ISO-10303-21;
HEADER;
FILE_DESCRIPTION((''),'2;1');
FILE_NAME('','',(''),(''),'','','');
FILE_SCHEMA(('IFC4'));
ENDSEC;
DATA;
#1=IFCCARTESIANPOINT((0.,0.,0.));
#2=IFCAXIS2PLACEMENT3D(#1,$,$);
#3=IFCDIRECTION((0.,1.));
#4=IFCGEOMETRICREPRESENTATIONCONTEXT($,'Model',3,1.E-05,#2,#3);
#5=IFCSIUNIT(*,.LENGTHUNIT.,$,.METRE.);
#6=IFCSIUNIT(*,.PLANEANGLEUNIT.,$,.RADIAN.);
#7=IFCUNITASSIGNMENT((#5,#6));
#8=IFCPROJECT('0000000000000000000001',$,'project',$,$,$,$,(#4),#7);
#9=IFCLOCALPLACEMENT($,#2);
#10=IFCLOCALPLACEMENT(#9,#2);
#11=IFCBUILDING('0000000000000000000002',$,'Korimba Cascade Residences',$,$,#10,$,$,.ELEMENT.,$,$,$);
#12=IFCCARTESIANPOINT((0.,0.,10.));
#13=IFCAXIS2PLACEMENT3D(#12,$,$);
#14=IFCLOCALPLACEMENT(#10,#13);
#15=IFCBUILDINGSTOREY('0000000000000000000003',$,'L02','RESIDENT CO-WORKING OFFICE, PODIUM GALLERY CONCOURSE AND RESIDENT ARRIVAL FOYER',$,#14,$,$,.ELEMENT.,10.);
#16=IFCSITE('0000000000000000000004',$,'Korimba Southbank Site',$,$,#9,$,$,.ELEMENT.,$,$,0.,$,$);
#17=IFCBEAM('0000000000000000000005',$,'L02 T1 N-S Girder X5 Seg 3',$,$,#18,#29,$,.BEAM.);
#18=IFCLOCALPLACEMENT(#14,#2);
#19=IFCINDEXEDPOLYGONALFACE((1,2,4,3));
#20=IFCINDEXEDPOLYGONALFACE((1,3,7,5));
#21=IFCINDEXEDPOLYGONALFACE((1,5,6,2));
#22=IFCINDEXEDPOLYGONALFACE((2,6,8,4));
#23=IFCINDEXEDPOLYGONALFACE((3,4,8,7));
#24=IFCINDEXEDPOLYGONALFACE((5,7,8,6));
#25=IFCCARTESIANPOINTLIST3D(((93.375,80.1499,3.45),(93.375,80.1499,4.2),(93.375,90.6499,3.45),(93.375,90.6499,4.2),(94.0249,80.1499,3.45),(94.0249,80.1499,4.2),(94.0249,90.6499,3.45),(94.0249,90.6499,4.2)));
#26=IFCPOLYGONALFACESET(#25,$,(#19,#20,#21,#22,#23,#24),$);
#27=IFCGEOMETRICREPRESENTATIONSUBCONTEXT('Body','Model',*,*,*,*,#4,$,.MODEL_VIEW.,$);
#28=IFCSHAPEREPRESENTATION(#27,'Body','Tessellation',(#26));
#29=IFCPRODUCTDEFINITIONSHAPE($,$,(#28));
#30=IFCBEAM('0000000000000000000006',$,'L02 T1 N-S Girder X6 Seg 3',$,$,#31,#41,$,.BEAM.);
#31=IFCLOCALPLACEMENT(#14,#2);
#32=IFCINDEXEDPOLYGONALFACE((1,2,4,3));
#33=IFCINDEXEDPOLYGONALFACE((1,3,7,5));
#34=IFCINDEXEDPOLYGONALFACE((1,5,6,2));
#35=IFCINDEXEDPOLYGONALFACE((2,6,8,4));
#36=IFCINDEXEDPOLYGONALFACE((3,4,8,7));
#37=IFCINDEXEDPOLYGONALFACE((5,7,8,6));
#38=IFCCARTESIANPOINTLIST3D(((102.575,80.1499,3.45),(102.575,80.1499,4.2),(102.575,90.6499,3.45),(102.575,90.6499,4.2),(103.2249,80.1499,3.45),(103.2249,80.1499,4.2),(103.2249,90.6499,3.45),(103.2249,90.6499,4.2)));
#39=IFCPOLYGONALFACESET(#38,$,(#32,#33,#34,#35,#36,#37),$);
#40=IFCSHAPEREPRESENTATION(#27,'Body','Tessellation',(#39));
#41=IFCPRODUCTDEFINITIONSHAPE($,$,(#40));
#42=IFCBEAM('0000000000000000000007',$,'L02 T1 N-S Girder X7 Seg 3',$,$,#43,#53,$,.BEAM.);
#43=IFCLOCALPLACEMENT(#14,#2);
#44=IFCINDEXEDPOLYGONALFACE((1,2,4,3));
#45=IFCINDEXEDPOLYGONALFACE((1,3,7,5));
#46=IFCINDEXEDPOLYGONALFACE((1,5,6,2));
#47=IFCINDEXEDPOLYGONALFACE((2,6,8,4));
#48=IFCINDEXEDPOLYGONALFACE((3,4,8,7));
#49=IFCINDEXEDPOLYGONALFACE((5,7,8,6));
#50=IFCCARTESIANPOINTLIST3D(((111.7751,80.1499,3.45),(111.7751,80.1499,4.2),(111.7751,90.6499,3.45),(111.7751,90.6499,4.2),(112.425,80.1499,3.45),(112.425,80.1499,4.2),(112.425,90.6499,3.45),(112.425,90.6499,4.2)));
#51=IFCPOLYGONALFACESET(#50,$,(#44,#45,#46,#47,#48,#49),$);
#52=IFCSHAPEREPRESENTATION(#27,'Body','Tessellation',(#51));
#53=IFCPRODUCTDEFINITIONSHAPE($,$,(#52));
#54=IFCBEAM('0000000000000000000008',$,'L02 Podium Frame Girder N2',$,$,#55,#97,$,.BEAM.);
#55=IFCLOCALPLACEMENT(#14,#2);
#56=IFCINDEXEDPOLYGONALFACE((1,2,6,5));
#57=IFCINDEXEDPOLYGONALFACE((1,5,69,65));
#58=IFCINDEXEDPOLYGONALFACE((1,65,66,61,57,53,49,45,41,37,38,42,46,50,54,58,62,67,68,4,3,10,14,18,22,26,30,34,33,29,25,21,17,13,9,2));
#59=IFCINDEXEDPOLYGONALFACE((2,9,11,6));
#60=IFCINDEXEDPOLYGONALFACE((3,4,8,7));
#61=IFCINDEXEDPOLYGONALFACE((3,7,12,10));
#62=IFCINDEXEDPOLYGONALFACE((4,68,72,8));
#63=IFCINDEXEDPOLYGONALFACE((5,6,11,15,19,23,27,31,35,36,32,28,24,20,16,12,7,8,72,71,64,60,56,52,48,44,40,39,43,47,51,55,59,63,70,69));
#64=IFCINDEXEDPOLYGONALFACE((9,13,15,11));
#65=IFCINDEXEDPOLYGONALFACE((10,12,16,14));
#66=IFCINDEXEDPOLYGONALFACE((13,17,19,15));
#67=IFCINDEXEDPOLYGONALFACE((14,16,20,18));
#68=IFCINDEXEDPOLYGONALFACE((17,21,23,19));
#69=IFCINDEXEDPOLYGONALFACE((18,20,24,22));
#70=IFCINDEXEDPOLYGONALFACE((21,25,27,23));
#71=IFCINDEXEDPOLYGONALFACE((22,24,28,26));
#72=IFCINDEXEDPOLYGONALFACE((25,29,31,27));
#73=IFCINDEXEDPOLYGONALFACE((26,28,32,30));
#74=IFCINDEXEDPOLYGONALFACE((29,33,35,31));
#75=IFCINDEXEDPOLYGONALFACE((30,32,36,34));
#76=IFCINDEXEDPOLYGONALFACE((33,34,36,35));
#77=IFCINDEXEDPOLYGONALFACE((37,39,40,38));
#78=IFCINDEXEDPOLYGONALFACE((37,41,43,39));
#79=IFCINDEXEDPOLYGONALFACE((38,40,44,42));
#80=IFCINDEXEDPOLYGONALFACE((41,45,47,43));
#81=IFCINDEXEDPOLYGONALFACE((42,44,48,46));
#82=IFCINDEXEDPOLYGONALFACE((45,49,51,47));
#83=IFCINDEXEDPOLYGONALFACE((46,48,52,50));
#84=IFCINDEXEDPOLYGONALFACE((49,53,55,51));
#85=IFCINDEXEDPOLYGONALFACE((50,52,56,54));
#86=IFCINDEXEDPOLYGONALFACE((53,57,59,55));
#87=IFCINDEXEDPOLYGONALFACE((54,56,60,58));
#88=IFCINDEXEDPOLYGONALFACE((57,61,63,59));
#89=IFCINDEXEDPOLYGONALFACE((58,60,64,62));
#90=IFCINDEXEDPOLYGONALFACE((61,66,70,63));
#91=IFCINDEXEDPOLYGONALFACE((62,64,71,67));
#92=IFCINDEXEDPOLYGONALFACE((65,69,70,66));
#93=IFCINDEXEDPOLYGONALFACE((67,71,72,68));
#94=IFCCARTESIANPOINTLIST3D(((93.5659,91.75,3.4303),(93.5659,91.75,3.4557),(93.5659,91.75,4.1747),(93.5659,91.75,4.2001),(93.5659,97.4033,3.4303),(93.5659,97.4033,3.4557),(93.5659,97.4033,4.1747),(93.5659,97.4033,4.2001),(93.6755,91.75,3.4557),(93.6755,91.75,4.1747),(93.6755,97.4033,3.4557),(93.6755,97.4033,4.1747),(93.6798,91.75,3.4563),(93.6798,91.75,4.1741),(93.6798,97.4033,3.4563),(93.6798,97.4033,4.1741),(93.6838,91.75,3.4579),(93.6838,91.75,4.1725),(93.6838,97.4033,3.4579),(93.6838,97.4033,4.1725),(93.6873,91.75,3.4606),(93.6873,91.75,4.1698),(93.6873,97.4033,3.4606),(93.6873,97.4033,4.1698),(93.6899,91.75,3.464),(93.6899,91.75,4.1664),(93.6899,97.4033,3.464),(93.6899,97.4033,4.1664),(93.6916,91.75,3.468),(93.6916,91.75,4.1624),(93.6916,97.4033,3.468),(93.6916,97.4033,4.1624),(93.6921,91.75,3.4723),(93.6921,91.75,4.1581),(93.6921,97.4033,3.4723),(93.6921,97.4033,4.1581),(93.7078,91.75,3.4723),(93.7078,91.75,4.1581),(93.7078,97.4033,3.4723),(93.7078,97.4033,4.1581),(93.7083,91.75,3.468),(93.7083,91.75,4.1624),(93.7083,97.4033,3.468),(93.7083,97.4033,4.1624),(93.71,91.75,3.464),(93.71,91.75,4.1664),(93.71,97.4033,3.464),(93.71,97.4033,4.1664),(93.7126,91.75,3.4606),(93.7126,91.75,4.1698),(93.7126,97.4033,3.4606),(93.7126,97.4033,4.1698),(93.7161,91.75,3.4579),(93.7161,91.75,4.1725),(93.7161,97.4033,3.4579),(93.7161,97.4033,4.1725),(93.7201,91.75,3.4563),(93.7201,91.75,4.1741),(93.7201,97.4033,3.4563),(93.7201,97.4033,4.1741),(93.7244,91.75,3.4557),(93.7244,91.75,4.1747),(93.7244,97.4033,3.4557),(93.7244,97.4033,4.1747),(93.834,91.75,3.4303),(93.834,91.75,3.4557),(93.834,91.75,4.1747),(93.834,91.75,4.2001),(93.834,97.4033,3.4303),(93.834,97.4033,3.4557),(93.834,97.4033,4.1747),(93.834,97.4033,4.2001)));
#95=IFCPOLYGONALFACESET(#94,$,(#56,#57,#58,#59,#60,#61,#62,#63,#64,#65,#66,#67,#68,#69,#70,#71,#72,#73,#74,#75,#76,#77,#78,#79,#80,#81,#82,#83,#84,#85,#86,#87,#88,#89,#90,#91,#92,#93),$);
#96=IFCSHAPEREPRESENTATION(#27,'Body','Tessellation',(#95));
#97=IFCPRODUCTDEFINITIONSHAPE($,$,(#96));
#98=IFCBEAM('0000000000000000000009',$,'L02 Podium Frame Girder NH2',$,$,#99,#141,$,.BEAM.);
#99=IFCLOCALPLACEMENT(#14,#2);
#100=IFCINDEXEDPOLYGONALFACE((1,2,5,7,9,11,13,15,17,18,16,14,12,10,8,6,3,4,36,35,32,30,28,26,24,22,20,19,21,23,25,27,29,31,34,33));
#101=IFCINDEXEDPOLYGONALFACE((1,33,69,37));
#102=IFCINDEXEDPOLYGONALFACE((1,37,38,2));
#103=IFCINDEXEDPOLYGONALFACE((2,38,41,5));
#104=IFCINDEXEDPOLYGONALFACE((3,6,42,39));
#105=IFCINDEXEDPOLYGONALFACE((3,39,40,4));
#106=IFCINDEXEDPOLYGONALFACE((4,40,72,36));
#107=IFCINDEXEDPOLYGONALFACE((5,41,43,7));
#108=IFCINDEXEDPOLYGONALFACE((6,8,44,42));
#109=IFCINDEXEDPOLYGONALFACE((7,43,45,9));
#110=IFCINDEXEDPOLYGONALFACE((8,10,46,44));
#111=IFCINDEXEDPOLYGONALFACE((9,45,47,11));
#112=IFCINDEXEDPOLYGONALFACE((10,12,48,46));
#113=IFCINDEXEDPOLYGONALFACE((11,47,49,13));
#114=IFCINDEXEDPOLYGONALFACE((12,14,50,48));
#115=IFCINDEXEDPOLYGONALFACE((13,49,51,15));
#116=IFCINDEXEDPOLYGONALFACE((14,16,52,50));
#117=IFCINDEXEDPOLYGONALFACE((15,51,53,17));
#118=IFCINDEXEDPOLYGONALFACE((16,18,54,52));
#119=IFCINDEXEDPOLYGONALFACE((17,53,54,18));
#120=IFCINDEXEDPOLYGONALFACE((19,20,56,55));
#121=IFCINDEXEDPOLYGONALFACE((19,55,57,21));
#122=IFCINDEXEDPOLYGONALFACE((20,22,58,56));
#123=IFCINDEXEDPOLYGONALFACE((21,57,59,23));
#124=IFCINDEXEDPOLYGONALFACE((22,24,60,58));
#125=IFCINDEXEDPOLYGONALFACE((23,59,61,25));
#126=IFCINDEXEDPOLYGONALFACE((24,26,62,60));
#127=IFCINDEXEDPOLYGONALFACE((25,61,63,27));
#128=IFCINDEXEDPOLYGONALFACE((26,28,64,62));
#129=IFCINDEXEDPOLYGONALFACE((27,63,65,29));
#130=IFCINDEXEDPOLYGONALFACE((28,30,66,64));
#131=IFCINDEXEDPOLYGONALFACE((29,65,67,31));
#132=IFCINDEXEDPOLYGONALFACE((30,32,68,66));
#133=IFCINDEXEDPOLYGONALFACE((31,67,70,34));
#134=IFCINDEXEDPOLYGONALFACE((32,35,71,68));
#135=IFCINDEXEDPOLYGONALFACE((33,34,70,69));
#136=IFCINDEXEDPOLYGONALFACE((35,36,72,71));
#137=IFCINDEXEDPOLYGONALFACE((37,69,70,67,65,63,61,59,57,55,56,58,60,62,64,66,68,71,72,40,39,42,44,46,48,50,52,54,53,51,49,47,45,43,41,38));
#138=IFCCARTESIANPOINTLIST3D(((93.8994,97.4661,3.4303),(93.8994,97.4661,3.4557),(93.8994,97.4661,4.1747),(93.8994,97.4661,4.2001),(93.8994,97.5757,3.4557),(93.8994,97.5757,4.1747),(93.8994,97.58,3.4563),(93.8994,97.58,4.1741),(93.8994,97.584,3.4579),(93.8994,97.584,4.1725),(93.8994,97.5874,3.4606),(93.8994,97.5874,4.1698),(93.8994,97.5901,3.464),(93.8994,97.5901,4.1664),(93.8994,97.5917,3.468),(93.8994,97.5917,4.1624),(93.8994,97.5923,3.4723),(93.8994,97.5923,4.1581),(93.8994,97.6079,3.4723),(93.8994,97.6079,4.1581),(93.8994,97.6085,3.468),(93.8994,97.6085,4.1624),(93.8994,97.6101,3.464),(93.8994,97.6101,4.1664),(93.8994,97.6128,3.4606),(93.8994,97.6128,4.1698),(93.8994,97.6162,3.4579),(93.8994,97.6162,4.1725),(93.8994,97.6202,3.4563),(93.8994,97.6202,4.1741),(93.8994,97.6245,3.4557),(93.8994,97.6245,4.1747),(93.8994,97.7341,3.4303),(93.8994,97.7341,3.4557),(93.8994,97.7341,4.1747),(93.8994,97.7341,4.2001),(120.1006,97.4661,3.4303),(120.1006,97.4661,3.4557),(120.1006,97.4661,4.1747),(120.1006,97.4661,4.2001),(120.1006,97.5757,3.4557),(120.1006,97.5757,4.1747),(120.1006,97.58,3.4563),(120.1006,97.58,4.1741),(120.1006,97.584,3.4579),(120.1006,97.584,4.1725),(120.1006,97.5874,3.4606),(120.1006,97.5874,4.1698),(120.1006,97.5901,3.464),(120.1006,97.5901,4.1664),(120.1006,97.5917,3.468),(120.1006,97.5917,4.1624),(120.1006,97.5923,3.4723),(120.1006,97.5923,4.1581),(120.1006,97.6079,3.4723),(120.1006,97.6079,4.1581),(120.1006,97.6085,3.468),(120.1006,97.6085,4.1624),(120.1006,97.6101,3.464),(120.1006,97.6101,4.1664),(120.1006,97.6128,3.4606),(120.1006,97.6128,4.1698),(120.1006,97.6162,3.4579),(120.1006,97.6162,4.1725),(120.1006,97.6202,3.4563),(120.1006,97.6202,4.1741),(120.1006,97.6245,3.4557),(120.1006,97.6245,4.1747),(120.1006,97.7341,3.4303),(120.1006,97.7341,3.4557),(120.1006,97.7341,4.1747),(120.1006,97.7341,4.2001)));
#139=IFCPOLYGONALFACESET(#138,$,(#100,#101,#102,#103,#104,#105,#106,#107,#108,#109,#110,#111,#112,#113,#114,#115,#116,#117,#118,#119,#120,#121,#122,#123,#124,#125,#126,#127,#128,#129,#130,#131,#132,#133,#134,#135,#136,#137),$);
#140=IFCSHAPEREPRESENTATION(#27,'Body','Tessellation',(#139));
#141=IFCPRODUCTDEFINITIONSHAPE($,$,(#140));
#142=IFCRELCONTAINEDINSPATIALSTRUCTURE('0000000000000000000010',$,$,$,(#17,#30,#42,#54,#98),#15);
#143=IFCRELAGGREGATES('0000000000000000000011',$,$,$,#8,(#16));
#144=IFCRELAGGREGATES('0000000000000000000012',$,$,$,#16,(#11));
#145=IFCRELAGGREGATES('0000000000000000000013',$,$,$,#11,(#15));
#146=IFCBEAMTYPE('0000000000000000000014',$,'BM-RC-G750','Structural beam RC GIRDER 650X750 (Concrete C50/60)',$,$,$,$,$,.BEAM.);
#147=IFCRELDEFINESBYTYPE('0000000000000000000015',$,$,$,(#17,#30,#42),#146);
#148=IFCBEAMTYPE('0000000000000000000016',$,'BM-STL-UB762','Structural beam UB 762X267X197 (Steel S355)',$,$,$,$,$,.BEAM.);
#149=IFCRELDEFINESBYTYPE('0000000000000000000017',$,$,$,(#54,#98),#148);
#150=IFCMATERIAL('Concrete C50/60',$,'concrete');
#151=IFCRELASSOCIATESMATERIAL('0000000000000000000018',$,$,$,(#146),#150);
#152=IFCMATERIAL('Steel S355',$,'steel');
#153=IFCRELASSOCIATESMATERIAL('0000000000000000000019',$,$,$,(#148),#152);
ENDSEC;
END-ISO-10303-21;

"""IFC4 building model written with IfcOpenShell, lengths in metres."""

from ifc_helpers import new_model, si_unit, direction, frame, origin, origin_2d, place, context, subcontext, project, spatial, rectangle, i_section, extrude, material, material_profile, profile_set, type_object, element, save


model = new_model("IFC4")

# Units and contexts
model_context = context("Model", 3, precision=1e-05, world=origin(), true_north=direction((0.0, 1.0)))
body_context = subcontext(model_context, "Body", "Model", "MODEL_VIEW")
ifc_project = project(units=[si_unit("LENGTHUNIT", "METRE"), si_unit("PLANEANGLEUNIT", "RADIAN")], contexts=[model_context])

# Site, building, storey
site_placement = place(None, origin())
site = spatial("IfcSite", under=ifc_project, at=site_placement, Name="Korimba Southbank Site", CompositionType="ELEMENT", RefElevation=0.0)
building_placement = place(site_placement, origin())
building = spatial("IfcBuilding", under=site, at=building_placement, Name="Korimba Cascade Residences", CompositionType="ELEMENT")
storey_placement = place(building_placement, frame((0.0, 0.0, 10.0)))
storey = spatial("IfcBuildingStorey", under=building, at=storey_placement, Name="L02", Description="RESIDENT CO-WORKING OFFICE, PODIUM GALLERY CONCOURSE AND RESIDENT ARRIVAL FOYER", CompositionType="ELEMENT", Elevation=10.0)

# Shared definitions
ifc_material_1 = material(Name="Steel S355", Category="steel")

# Beams
ifc_material_2 = material(Name="Concrete C50/60", Category="concrete")
ifc_material_profile_1 = material_profile(ifc_material_2, rectangle(XDim=0.6499, YDim=0.75, at=origin_2d()), Name="Concrete C50/60")
ifc_profile_set_1 = profile_set([ifc_material_profile_1], Name="Concrete C50/60")
beam_type_1 = type_object("IfcBeamType", Name="BM-RC-G750", Description="Structural beam RC GIRDER 650X750 (Concrete C50/60)", PredefinedType="BEAM", material=ifc_profile_set_1)
for number, where, z_axis, x_axis, name in (
    (1, (93.7, 80.1499, 3.825), (0.0, 1.0, 0.0), (-1.0, 0.0, 0.0), "L02 T1 N-S Girder X5 Seg 3"),
    (2, (102.8999, 80.1499, 3.825), (0.0, 1.0, 0.0), (-1.0, 0.0, 0.0), "L02 T1 N-S Girder X6 Seg 3"),
    (3, (112.1001, 80.1499, 3.825), (0.0, 1.0, 0.0), (-1.0, 0.0, 0.0), "L02 T1 N-S Girder X7 Seg 3"),
):
    element("IfcBeam", number, at=place(storey_placement, frame(where, z_axis=z_axis, x_axis=x_axis)), inside=storey, type_object=beam_type_1, Name=name, PredefinedType="BEAM", context=body_context, shape_type="SweptSolid", body=[
        extrude(rectangle(XDim=0.6499, YDim=0.75, at=origin_2d()), origin(), (0.0, 0.0, 1.0), 10.5),
    ])
ifc_material_profile_2 = material_profile(ifc_material_1, i_section(OverallWidth=0.2681, OverallDepth=0.7698, WebThickness=0.0156, FlangeThickness=0.0254, FilletRadius=0.0166, at=origin_2d()), Name="Steel S355")
ifc_profile_set_2 = profile_set([ifc_material_profile_2], Name="Steel S355")
beam_type_2 = type_object("IfcBeamType", Name="BM-STL-UB762", Description="Structural beam UB 762X267X197 (Steel S355)", PredefinedType="BEAM", material=ifc_profile_set_2)
beam_1_placement = place(storey_placement, frame((93.7, 91.75, 3.8152), z_axis=(0.0, 1.0, 0.0), x_axis=(-1.0, 0.0, 0.0)))
element("IfcBeam", 4, at=beam_1_placement, inside=storey, type_object=beam_type_2, Name="L02 Podium Frame Girder N2", PredefinedType="BEAM", context=body_context, shape_type="SweptSolid", body=[
    extrude(i_section(OverallWidth=0.2681, OverallDepth=0.7698, WebThickness=0.0156, FlangeThickness=0.0254, FilletRadius=0.0166, at=origin_2d()), origin(), (0.0, 0.0, 1.0), 5.6533),
])
beam_2_placement = place(storey_placement, frame((93.8994, 97.6001, 3.8152), z_axis=(1.0, 0.0, 0.0), x_axis=(0.0, 1.0, 0.0)))
element("IfcBeam", 5, at=beam_2_placement, inside=storey, type_object=beam_type_2, Name="L02 Podium Frame Girder NH2", PredefinedType="BEAM", context=body_context, shape_type="SweptSolid", body=[
    extrude(i_section(OverallWidth=0.2681, OverallDepth=0.7698, WebThickness=0.0156, FlangeThickness=0.0254, FilletRadius=0.0166, at=origin_2d()), origin(), (0.0, 0.0, 1.0), 26.2012),
])

save(model, "model.ifc")
